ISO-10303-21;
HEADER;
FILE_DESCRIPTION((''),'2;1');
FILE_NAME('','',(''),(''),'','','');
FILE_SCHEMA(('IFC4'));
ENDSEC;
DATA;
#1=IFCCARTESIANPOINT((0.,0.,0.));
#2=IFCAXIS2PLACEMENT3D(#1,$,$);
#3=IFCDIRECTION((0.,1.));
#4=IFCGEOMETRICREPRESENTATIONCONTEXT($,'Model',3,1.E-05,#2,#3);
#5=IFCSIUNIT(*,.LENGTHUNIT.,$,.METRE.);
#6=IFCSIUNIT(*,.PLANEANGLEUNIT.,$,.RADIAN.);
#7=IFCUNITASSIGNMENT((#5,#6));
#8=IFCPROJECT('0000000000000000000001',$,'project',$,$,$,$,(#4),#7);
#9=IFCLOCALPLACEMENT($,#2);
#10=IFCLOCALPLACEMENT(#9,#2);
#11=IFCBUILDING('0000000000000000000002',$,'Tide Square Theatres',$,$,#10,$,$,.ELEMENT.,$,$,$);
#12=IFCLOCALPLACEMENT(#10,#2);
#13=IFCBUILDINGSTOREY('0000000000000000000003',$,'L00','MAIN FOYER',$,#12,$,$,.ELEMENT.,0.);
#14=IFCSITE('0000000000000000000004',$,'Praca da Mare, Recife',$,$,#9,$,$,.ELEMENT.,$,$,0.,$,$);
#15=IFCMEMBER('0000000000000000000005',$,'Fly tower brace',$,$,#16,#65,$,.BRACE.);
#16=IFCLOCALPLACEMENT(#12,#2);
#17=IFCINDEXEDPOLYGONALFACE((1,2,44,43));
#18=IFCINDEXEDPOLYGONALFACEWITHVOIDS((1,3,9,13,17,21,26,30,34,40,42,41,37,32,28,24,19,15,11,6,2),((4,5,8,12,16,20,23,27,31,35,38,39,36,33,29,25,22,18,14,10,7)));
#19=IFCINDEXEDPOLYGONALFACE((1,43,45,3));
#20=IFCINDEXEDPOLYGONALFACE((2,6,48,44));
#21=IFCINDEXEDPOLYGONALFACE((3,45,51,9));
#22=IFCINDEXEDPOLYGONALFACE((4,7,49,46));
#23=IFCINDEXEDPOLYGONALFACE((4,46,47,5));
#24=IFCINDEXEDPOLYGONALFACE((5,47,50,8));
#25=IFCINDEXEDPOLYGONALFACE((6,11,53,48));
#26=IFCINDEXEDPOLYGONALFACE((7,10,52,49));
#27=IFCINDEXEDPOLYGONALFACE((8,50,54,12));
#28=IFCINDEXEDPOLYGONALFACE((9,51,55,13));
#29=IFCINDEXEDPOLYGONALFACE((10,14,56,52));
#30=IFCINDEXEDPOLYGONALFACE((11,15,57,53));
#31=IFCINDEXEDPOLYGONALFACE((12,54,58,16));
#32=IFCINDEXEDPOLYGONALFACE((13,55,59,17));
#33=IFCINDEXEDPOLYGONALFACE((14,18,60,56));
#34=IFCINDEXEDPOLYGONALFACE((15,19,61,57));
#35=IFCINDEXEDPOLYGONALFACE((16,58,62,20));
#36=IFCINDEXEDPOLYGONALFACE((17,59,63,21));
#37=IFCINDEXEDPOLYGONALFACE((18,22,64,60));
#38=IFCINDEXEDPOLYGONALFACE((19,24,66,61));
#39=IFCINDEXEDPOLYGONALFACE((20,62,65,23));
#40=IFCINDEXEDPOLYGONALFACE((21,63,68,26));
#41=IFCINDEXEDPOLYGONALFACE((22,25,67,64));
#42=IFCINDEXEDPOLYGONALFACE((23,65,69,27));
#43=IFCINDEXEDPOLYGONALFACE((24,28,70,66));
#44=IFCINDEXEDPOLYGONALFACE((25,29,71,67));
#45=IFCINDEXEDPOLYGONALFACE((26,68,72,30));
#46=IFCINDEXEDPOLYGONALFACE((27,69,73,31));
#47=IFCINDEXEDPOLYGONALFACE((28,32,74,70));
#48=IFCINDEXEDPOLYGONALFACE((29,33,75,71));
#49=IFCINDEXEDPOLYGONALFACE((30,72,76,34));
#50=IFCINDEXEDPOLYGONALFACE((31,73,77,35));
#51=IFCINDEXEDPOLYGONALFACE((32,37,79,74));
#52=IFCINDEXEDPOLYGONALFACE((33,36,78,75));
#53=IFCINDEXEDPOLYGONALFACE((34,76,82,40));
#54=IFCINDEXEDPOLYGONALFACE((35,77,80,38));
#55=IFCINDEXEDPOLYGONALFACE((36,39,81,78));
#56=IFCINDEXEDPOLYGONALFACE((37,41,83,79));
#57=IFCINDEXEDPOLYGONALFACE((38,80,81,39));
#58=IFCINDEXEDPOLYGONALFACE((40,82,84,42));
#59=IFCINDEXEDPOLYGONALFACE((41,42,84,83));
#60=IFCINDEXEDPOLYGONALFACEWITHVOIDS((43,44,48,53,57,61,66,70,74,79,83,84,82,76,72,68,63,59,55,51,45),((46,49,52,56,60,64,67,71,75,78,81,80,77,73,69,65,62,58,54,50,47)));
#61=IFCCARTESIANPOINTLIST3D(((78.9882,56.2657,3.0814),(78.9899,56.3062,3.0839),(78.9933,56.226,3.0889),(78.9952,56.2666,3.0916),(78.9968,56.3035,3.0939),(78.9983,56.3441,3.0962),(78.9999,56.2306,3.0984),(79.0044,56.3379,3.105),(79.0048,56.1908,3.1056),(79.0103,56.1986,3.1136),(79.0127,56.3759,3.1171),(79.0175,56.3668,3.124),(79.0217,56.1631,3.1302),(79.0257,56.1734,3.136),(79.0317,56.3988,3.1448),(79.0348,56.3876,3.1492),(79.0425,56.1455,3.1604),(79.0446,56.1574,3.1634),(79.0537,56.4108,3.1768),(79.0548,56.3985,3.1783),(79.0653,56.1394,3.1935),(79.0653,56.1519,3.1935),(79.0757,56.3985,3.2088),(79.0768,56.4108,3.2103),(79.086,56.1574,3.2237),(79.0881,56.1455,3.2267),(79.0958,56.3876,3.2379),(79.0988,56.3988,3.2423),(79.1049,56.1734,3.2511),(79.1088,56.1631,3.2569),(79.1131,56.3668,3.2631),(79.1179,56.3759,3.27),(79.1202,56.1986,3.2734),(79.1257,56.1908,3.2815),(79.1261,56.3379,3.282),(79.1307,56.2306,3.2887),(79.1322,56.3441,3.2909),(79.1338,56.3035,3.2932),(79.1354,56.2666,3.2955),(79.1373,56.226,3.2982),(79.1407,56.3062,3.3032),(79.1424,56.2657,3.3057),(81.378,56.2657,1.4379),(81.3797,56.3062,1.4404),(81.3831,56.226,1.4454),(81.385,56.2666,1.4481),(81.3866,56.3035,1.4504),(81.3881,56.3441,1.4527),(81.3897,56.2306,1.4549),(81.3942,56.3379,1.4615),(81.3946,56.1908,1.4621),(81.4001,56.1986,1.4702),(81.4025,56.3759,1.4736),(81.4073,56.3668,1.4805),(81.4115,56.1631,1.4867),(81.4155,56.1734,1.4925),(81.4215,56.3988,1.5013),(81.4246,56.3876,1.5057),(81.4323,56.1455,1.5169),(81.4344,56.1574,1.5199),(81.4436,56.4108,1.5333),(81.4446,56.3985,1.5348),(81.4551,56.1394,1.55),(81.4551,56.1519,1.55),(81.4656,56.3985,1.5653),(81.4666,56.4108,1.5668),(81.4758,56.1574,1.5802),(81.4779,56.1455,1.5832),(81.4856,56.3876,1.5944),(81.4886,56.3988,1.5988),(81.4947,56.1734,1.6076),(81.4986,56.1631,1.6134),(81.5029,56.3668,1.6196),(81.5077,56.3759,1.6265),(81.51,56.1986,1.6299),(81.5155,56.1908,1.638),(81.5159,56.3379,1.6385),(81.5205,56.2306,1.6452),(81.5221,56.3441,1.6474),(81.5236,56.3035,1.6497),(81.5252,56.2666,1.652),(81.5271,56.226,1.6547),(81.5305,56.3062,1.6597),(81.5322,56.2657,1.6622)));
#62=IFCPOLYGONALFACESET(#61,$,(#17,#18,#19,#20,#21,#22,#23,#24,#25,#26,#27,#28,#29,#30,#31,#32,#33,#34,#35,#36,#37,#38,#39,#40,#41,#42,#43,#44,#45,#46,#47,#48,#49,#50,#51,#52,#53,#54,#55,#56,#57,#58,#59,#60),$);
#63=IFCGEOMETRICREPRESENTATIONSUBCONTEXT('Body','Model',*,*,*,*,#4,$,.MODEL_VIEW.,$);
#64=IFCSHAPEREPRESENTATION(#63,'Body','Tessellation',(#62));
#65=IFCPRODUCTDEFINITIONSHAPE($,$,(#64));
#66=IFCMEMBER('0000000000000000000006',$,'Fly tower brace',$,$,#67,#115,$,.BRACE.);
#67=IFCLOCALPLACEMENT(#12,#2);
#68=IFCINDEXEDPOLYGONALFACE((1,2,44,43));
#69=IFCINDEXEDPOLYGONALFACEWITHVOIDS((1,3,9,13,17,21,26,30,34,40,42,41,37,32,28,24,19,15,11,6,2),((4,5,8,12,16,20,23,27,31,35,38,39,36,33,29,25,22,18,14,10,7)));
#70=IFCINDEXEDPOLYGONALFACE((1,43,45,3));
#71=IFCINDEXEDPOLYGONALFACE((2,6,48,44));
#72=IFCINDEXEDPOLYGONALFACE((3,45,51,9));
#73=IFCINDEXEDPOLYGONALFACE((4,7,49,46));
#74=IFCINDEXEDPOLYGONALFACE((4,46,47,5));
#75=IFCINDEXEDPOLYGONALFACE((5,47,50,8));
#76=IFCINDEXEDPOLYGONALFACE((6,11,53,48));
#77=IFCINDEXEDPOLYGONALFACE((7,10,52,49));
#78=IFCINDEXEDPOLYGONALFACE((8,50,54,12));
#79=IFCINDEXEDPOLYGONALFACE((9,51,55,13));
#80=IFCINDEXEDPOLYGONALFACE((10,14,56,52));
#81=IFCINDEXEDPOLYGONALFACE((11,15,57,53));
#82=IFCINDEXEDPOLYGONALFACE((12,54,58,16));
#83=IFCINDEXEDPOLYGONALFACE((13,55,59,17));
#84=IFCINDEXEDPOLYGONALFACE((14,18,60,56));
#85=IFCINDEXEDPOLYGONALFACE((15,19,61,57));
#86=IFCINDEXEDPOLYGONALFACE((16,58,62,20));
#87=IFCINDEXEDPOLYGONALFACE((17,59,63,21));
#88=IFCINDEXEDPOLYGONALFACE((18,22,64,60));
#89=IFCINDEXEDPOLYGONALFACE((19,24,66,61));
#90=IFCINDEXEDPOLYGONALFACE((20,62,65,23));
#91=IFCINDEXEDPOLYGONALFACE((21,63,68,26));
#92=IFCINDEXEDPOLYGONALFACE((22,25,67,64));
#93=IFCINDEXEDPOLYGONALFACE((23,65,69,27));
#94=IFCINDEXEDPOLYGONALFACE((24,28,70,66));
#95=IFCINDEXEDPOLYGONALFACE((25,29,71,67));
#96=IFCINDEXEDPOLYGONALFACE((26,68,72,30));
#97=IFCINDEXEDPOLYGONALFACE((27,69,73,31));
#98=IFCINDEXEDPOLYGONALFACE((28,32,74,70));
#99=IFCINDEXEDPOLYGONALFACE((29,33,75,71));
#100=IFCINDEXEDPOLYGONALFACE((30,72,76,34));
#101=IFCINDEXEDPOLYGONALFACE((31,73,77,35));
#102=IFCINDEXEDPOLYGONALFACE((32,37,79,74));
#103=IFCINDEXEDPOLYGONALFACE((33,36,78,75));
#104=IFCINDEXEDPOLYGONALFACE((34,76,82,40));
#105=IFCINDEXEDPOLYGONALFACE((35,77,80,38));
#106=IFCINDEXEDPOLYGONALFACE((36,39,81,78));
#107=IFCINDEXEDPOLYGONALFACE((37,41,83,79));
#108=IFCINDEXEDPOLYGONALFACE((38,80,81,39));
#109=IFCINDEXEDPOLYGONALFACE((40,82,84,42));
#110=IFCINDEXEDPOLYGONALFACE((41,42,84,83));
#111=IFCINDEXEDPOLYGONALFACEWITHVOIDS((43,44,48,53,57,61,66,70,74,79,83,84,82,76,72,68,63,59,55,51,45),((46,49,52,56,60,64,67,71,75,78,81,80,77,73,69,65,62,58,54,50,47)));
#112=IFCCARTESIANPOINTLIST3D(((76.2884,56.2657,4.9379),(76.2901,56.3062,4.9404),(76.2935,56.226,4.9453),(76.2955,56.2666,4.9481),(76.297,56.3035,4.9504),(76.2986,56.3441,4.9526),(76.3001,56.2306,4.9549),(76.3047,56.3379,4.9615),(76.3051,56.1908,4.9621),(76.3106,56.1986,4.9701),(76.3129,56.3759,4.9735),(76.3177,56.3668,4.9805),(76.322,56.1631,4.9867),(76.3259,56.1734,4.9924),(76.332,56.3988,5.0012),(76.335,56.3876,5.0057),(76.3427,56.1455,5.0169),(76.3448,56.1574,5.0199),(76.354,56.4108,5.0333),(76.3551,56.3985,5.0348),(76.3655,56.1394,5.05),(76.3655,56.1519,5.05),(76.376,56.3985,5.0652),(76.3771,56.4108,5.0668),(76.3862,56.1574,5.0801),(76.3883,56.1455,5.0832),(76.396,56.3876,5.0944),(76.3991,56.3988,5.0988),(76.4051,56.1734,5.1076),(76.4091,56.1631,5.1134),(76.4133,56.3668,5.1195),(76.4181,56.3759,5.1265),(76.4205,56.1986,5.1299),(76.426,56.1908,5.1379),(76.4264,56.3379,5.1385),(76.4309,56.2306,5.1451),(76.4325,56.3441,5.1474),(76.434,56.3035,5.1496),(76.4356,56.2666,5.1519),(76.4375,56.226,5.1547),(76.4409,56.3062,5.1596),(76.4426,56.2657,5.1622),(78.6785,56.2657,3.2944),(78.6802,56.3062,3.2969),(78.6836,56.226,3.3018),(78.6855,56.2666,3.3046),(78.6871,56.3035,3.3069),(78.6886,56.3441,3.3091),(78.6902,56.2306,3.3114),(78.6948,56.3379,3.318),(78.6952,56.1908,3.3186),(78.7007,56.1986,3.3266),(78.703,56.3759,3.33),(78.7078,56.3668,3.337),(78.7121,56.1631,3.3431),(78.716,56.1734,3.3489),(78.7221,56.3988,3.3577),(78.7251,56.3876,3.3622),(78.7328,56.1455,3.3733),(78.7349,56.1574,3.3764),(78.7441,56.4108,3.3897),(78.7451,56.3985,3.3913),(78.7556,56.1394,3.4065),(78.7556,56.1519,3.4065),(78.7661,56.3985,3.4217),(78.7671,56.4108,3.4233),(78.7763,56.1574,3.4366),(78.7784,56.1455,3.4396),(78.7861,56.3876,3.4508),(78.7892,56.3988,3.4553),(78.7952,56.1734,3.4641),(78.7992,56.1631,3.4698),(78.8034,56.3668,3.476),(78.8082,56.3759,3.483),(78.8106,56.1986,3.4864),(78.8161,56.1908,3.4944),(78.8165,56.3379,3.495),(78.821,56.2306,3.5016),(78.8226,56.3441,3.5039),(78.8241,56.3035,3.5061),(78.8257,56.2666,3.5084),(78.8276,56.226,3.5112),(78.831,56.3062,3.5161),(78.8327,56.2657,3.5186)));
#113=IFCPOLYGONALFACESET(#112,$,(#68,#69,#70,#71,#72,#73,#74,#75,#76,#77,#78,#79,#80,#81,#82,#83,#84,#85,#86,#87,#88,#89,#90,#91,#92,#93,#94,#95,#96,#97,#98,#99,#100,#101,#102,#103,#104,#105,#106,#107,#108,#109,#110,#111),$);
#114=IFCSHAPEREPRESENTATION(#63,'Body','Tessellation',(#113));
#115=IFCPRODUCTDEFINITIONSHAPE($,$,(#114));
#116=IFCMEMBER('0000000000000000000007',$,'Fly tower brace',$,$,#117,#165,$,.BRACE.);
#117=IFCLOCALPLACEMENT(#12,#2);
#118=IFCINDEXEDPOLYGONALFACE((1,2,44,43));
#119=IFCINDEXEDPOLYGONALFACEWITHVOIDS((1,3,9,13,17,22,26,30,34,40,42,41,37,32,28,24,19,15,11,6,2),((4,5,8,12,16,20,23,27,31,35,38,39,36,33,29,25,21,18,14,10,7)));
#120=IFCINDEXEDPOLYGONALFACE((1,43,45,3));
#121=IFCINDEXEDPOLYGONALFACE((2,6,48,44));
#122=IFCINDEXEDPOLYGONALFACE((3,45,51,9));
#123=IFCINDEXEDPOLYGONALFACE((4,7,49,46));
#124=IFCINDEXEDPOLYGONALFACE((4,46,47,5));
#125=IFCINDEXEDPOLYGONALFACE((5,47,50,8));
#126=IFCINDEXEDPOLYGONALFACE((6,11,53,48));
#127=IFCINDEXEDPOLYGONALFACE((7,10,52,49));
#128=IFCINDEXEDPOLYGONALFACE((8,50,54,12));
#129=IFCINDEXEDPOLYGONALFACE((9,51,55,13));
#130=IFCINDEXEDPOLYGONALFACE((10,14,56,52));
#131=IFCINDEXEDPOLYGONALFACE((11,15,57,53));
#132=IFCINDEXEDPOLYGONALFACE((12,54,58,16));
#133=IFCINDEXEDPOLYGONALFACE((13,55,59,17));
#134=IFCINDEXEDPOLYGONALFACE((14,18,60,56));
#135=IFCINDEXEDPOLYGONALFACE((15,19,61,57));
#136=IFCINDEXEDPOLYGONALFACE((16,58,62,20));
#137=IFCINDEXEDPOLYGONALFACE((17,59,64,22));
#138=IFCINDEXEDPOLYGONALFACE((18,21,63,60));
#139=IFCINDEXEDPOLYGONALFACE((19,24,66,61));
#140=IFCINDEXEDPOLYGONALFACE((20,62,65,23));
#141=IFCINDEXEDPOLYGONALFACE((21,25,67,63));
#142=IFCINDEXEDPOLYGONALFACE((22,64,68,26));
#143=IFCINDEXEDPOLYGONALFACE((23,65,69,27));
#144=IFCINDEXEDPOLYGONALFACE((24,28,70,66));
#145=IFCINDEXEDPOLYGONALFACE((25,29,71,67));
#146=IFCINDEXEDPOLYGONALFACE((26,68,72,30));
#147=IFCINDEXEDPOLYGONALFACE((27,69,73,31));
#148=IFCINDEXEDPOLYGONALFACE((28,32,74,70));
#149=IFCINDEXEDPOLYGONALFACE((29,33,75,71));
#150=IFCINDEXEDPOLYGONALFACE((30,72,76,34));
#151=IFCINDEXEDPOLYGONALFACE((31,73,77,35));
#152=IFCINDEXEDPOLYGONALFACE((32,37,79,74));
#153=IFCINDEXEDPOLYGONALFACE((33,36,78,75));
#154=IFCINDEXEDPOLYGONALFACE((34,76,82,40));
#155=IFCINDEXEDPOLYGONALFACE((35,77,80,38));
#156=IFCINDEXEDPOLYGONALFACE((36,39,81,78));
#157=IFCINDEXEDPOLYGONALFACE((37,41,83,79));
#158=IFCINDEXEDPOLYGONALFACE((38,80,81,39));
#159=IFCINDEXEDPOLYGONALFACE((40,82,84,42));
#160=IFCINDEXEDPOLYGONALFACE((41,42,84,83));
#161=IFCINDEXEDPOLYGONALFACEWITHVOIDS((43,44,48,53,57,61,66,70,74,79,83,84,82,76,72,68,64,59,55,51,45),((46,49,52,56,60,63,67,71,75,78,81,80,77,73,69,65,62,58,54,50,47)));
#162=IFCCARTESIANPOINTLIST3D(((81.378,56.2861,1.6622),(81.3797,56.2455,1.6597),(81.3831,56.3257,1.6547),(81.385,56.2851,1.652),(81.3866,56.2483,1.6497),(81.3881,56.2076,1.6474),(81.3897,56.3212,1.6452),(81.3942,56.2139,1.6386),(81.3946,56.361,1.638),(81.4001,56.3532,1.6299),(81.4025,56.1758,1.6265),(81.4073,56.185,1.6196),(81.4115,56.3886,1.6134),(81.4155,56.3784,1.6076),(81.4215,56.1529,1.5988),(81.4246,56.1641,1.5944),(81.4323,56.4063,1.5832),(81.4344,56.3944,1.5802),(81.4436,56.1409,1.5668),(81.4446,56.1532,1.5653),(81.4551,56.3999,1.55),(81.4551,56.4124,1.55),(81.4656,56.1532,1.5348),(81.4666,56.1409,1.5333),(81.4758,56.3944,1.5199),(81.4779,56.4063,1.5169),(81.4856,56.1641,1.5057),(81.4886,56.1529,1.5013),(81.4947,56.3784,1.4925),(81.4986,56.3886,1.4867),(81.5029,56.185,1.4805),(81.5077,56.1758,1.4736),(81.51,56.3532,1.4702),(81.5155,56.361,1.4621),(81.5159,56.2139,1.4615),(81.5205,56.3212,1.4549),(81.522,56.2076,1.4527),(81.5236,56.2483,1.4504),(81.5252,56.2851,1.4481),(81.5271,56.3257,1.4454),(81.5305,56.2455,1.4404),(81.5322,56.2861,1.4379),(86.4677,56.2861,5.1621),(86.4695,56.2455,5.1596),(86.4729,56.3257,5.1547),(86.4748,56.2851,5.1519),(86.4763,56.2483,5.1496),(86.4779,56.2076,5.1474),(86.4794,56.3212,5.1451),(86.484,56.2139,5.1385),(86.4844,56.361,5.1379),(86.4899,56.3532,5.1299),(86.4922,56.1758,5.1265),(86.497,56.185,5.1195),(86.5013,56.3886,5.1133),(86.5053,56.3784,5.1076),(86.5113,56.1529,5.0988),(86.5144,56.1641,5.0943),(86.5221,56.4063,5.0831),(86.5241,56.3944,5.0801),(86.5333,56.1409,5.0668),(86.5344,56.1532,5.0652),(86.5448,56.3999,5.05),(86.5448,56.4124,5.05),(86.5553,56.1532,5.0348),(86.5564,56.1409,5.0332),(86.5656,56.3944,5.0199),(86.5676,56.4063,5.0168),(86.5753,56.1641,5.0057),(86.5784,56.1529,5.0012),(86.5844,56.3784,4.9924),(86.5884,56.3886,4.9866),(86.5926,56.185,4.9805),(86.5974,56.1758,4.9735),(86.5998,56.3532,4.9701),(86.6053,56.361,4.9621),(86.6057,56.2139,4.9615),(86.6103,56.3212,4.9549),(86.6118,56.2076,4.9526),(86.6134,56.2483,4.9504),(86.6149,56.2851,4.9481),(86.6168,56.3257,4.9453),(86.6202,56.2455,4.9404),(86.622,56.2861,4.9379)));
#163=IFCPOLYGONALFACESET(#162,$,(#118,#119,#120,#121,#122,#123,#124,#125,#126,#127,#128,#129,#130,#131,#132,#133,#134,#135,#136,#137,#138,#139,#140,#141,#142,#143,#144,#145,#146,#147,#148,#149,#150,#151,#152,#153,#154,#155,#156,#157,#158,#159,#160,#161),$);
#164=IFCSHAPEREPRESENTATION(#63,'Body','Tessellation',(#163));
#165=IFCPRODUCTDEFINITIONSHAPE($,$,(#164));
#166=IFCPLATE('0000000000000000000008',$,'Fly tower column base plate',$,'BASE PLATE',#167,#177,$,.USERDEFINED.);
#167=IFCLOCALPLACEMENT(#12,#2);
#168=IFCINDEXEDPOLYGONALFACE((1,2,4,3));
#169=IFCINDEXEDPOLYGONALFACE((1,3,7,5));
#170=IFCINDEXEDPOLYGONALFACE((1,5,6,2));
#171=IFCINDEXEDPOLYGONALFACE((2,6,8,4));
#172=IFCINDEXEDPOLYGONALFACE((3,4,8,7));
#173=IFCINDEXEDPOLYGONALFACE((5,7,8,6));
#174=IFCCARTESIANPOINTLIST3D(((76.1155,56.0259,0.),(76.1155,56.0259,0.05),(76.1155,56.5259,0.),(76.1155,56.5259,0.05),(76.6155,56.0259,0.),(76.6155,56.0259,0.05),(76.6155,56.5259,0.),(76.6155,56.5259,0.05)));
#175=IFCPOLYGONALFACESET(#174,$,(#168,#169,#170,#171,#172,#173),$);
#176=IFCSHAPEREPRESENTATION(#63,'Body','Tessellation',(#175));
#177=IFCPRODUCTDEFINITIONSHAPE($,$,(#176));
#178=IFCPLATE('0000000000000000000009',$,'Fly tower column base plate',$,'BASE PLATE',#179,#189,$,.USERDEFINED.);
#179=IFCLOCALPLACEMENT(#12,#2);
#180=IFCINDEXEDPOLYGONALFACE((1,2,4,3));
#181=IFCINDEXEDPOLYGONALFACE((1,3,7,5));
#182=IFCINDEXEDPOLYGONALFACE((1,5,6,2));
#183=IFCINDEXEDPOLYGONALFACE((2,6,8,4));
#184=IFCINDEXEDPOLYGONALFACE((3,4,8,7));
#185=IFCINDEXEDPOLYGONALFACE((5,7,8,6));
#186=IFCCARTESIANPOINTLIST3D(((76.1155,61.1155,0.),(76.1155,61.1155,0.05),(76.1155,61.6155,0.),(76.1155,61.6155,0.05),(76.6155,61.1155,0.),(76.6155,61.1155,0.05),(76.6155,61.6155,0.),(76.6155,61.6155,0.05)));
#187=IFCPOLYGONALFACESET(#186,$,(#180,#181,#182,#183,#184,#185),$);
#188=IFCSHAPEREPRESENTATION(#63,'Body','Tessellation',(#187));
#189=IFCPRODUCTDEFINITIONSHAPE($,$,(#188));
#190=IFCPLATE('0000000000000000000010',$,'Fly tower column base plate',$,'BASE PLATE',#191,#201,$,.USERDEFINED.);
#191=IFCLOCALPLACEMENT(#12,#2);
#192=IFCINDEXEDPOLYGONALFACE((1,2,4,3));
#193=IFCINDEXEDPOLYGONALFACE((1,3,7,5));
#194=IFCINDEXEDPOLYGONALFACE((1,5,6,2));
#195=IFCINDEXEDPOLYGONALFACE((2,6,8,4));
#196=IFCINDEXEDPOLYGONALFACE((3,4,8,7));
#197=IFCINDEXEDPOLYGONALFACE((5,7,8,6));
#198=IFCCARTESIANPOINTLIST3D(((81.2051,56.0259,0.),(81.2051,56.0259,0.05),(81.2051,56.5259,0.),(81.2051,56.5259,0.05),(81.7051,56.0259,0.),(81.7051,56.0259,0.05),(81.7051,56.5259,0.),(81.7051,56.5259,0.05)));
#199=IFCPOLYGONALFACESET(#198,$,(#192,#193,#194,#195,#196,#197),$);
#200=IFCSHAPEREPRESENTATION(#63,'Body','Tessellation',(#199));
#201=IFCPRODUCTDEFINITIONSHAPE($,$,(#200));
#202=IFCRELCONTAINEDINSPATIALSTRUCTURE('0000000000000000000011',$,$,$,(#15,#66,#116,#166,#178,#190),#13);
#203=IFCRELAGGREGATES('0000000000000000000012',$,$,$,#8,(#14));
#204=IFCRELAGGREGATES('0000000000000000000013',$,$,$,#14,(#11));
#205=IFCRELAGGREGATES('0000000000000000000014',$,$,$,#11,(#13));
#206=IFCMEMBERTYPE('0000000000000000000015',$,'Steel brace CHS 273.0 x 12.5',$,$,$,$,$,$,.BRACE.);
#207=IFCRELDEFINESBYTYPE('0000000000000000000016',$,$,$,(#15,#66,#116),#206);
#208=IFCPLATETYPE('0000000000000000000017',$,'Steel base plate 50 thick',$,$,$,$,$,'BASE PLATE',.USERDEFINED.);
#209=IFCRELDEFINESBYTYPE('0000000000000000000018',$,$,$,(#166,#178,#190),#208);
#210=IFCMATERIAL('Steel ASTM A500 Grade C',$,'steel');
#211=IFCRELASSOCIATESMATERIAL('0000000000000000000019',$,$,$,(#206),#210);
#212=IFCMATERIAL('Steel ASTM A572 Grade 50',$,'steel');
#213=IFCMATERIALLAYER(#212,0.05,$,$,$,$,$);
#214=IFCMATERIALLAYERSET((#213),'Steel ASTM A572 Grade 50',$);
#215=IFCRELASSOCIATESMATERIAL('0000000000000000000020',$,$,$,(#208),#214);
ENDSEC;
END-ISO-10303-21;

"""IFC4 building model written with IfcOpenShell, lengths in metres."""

from ifc_helpers import new_model, si_unit, direction, frame, origin, origin_2d, place, context, subcontext, project, spatial, rectangle, hollow_circle, extrude, material, layer, layer_set, material_profile, profile_set, type_object, element, save


model = new_model("IFC4")

# Units and contexts
model_context = context("Model", 3, precision=1e-05, world=origin(), true_north=direction((0.0, 1.0)))
body_context = subcontext(model_context, "Body", "Model", "MODEL_VIEW")
ifc_project = project(units=[si_unit("LENGTHUNIT", "METRE"), si_unit("PLANEANGLEUNIT", "RADIAN")], contexts=[model_context])

# Site, building, storey
site_placement = place(None, origin())
site = spatial("IfcSite", under=ifc_project, at=site_placement, Name="Praca da Mare, Recife", CompositionType="ELEMENT", RefElevation=0.0)
building_placement = place(site_placement, origin())
building = spatial("IfcBuilding", under=site, at=building_placement, Name="Tide Square Theatres", CompositionType="ELEMENT")
storey_placement = place(building_placement, origin())
storey = spatial("IfcBuildingStorey", under=building, at=storey_placement, Name="L00", Description="MAIN FOYER", CompositionType="ELEMENT", Elevation=0.0)

# Members
ifc_material_1 = material(Name="Steel ASTM A500 Grade C", Category="steel")
ifc_material_profile_1 = material_profile(ifc_material_1, hollow_circle(Radius=0.1365, WallThickness=0.0125, at=origin_2d()))
ifc_profile_set_1 = profile_set([ifc_material_profile_1], Name="Steel ASTM A500 Grade C")
member_type = type_object("IfcMemberType", Name="Steel brace CHS 273.0 x 12.5", PredefinedType="BRACE", material=ifc_profile_set_1)
member_1_placement = place(storey_placement, frame((81.4551, 56.2759, 1.55), z_axis=(-0.823961, 0.0, 0.566647), x_axis=(0.0, -1.0, 0.0)))
element("IfcMember", 1, at=member_1_placement, inside=storey, type_object=member_type, Name="Fly tower brace", PredefinedType="BRACE", context=body_context, shape_type="SweptSolid", body=[
    extrude(hollow_circle(Radius=0.1365, WallThickness=0.0125, at=origin_2d()), origin(), (0.0, 0.0, 1.0), 2.9004),
])
member_2_placement = place(storey_placement, frame((78.7556, 56.2759, 3.4065), z_axis=(-0.823988, 0.0, 0.566607), x_axis=(0.0, -1.0, 0.0)))
element("IfcMember", 2, at=member_2_placement, inside=storey, type_object=member_type, Name="Fly tower brace", PredefinedType="BRACE", context=body_context, shape_type="SweptSolid", body=[
    extrude(hollow_circle(Radius=0.1365, WallThickness=0.0125, at=origin_2d()), origin(), (0.0, 0.0, 1.0), 2.9006),
])
member_3_placement = place(storey_placement, frame((81.4551, 56.2759, 1.55), z_axis=(0.823987, 0.0, 0.566609), x_axis=(0.0, 1.0, 0.0)))
element("IfcMember", 3, at=member_3_placement, inside=storey, type_object=member_type, Name="Fly tower brace", PredefinedType="BRACE", context=body_context, shape_type="SweptSolid", body=[
    extrude(hollow_circle(Radius=0.1365, WallThickness=0.0125, at=origin_2d()), origin(), (0.0, 0.0, 1.0), 6.177),
])

# Plates
ifc_material_2 = material(Name="Steel ASTM A572 Grade 50", Category="steel")
ifc_layer_1 = layer(ifc_material_2, 0.05)
ifc_layer_set_1 = layer_set([ifc_layer_1], Name="Steel ASTM A572 Grade 50")
plate_type_1 = type_object("IfcPlateType", Name="Steel base plate 50 thick", ElementType="BASE PLATE", PredefinedType="USERDEFINED", material=ifc_layer_set_1)
for number, where, z_axis, x_axis, name in (
    (4, (76.3655, 56.2759, 0.0), (0.0, 0.0, 1.0), (1.0, 0.0, 0.0), "Fly tower column base plate"),
    (5, (76.3655, 61.3655, 0.0), (0.0, 0.0, 1.0), (1.0, 0.0, 0.0), "Fly tower column base plate"),
    (6, (81.4551, 56.2759, 0.0), (0.0, 0.0, 1.0), (1.0, 0.0, 0.0), "Fly tower column base plate"),
):
    element("IfcPlate", number, at=place(storey_placement, frame(where, z_axis=z_axis, x_axis=x_axis)), inside=storey, type_object=plate_type_1, Name=name, ObjectType="BASE PLATE", PredefinedType="USERDEFINED", context=body_context, shape_type="SweptSolid", body=[
        extrude(rectangle(XDim=0.5, YDim=0.5, at=origin_2d()), origin(), (0.0, 0.0, 1.0), 0.05),
    ])

save(model, "model.ifc")
